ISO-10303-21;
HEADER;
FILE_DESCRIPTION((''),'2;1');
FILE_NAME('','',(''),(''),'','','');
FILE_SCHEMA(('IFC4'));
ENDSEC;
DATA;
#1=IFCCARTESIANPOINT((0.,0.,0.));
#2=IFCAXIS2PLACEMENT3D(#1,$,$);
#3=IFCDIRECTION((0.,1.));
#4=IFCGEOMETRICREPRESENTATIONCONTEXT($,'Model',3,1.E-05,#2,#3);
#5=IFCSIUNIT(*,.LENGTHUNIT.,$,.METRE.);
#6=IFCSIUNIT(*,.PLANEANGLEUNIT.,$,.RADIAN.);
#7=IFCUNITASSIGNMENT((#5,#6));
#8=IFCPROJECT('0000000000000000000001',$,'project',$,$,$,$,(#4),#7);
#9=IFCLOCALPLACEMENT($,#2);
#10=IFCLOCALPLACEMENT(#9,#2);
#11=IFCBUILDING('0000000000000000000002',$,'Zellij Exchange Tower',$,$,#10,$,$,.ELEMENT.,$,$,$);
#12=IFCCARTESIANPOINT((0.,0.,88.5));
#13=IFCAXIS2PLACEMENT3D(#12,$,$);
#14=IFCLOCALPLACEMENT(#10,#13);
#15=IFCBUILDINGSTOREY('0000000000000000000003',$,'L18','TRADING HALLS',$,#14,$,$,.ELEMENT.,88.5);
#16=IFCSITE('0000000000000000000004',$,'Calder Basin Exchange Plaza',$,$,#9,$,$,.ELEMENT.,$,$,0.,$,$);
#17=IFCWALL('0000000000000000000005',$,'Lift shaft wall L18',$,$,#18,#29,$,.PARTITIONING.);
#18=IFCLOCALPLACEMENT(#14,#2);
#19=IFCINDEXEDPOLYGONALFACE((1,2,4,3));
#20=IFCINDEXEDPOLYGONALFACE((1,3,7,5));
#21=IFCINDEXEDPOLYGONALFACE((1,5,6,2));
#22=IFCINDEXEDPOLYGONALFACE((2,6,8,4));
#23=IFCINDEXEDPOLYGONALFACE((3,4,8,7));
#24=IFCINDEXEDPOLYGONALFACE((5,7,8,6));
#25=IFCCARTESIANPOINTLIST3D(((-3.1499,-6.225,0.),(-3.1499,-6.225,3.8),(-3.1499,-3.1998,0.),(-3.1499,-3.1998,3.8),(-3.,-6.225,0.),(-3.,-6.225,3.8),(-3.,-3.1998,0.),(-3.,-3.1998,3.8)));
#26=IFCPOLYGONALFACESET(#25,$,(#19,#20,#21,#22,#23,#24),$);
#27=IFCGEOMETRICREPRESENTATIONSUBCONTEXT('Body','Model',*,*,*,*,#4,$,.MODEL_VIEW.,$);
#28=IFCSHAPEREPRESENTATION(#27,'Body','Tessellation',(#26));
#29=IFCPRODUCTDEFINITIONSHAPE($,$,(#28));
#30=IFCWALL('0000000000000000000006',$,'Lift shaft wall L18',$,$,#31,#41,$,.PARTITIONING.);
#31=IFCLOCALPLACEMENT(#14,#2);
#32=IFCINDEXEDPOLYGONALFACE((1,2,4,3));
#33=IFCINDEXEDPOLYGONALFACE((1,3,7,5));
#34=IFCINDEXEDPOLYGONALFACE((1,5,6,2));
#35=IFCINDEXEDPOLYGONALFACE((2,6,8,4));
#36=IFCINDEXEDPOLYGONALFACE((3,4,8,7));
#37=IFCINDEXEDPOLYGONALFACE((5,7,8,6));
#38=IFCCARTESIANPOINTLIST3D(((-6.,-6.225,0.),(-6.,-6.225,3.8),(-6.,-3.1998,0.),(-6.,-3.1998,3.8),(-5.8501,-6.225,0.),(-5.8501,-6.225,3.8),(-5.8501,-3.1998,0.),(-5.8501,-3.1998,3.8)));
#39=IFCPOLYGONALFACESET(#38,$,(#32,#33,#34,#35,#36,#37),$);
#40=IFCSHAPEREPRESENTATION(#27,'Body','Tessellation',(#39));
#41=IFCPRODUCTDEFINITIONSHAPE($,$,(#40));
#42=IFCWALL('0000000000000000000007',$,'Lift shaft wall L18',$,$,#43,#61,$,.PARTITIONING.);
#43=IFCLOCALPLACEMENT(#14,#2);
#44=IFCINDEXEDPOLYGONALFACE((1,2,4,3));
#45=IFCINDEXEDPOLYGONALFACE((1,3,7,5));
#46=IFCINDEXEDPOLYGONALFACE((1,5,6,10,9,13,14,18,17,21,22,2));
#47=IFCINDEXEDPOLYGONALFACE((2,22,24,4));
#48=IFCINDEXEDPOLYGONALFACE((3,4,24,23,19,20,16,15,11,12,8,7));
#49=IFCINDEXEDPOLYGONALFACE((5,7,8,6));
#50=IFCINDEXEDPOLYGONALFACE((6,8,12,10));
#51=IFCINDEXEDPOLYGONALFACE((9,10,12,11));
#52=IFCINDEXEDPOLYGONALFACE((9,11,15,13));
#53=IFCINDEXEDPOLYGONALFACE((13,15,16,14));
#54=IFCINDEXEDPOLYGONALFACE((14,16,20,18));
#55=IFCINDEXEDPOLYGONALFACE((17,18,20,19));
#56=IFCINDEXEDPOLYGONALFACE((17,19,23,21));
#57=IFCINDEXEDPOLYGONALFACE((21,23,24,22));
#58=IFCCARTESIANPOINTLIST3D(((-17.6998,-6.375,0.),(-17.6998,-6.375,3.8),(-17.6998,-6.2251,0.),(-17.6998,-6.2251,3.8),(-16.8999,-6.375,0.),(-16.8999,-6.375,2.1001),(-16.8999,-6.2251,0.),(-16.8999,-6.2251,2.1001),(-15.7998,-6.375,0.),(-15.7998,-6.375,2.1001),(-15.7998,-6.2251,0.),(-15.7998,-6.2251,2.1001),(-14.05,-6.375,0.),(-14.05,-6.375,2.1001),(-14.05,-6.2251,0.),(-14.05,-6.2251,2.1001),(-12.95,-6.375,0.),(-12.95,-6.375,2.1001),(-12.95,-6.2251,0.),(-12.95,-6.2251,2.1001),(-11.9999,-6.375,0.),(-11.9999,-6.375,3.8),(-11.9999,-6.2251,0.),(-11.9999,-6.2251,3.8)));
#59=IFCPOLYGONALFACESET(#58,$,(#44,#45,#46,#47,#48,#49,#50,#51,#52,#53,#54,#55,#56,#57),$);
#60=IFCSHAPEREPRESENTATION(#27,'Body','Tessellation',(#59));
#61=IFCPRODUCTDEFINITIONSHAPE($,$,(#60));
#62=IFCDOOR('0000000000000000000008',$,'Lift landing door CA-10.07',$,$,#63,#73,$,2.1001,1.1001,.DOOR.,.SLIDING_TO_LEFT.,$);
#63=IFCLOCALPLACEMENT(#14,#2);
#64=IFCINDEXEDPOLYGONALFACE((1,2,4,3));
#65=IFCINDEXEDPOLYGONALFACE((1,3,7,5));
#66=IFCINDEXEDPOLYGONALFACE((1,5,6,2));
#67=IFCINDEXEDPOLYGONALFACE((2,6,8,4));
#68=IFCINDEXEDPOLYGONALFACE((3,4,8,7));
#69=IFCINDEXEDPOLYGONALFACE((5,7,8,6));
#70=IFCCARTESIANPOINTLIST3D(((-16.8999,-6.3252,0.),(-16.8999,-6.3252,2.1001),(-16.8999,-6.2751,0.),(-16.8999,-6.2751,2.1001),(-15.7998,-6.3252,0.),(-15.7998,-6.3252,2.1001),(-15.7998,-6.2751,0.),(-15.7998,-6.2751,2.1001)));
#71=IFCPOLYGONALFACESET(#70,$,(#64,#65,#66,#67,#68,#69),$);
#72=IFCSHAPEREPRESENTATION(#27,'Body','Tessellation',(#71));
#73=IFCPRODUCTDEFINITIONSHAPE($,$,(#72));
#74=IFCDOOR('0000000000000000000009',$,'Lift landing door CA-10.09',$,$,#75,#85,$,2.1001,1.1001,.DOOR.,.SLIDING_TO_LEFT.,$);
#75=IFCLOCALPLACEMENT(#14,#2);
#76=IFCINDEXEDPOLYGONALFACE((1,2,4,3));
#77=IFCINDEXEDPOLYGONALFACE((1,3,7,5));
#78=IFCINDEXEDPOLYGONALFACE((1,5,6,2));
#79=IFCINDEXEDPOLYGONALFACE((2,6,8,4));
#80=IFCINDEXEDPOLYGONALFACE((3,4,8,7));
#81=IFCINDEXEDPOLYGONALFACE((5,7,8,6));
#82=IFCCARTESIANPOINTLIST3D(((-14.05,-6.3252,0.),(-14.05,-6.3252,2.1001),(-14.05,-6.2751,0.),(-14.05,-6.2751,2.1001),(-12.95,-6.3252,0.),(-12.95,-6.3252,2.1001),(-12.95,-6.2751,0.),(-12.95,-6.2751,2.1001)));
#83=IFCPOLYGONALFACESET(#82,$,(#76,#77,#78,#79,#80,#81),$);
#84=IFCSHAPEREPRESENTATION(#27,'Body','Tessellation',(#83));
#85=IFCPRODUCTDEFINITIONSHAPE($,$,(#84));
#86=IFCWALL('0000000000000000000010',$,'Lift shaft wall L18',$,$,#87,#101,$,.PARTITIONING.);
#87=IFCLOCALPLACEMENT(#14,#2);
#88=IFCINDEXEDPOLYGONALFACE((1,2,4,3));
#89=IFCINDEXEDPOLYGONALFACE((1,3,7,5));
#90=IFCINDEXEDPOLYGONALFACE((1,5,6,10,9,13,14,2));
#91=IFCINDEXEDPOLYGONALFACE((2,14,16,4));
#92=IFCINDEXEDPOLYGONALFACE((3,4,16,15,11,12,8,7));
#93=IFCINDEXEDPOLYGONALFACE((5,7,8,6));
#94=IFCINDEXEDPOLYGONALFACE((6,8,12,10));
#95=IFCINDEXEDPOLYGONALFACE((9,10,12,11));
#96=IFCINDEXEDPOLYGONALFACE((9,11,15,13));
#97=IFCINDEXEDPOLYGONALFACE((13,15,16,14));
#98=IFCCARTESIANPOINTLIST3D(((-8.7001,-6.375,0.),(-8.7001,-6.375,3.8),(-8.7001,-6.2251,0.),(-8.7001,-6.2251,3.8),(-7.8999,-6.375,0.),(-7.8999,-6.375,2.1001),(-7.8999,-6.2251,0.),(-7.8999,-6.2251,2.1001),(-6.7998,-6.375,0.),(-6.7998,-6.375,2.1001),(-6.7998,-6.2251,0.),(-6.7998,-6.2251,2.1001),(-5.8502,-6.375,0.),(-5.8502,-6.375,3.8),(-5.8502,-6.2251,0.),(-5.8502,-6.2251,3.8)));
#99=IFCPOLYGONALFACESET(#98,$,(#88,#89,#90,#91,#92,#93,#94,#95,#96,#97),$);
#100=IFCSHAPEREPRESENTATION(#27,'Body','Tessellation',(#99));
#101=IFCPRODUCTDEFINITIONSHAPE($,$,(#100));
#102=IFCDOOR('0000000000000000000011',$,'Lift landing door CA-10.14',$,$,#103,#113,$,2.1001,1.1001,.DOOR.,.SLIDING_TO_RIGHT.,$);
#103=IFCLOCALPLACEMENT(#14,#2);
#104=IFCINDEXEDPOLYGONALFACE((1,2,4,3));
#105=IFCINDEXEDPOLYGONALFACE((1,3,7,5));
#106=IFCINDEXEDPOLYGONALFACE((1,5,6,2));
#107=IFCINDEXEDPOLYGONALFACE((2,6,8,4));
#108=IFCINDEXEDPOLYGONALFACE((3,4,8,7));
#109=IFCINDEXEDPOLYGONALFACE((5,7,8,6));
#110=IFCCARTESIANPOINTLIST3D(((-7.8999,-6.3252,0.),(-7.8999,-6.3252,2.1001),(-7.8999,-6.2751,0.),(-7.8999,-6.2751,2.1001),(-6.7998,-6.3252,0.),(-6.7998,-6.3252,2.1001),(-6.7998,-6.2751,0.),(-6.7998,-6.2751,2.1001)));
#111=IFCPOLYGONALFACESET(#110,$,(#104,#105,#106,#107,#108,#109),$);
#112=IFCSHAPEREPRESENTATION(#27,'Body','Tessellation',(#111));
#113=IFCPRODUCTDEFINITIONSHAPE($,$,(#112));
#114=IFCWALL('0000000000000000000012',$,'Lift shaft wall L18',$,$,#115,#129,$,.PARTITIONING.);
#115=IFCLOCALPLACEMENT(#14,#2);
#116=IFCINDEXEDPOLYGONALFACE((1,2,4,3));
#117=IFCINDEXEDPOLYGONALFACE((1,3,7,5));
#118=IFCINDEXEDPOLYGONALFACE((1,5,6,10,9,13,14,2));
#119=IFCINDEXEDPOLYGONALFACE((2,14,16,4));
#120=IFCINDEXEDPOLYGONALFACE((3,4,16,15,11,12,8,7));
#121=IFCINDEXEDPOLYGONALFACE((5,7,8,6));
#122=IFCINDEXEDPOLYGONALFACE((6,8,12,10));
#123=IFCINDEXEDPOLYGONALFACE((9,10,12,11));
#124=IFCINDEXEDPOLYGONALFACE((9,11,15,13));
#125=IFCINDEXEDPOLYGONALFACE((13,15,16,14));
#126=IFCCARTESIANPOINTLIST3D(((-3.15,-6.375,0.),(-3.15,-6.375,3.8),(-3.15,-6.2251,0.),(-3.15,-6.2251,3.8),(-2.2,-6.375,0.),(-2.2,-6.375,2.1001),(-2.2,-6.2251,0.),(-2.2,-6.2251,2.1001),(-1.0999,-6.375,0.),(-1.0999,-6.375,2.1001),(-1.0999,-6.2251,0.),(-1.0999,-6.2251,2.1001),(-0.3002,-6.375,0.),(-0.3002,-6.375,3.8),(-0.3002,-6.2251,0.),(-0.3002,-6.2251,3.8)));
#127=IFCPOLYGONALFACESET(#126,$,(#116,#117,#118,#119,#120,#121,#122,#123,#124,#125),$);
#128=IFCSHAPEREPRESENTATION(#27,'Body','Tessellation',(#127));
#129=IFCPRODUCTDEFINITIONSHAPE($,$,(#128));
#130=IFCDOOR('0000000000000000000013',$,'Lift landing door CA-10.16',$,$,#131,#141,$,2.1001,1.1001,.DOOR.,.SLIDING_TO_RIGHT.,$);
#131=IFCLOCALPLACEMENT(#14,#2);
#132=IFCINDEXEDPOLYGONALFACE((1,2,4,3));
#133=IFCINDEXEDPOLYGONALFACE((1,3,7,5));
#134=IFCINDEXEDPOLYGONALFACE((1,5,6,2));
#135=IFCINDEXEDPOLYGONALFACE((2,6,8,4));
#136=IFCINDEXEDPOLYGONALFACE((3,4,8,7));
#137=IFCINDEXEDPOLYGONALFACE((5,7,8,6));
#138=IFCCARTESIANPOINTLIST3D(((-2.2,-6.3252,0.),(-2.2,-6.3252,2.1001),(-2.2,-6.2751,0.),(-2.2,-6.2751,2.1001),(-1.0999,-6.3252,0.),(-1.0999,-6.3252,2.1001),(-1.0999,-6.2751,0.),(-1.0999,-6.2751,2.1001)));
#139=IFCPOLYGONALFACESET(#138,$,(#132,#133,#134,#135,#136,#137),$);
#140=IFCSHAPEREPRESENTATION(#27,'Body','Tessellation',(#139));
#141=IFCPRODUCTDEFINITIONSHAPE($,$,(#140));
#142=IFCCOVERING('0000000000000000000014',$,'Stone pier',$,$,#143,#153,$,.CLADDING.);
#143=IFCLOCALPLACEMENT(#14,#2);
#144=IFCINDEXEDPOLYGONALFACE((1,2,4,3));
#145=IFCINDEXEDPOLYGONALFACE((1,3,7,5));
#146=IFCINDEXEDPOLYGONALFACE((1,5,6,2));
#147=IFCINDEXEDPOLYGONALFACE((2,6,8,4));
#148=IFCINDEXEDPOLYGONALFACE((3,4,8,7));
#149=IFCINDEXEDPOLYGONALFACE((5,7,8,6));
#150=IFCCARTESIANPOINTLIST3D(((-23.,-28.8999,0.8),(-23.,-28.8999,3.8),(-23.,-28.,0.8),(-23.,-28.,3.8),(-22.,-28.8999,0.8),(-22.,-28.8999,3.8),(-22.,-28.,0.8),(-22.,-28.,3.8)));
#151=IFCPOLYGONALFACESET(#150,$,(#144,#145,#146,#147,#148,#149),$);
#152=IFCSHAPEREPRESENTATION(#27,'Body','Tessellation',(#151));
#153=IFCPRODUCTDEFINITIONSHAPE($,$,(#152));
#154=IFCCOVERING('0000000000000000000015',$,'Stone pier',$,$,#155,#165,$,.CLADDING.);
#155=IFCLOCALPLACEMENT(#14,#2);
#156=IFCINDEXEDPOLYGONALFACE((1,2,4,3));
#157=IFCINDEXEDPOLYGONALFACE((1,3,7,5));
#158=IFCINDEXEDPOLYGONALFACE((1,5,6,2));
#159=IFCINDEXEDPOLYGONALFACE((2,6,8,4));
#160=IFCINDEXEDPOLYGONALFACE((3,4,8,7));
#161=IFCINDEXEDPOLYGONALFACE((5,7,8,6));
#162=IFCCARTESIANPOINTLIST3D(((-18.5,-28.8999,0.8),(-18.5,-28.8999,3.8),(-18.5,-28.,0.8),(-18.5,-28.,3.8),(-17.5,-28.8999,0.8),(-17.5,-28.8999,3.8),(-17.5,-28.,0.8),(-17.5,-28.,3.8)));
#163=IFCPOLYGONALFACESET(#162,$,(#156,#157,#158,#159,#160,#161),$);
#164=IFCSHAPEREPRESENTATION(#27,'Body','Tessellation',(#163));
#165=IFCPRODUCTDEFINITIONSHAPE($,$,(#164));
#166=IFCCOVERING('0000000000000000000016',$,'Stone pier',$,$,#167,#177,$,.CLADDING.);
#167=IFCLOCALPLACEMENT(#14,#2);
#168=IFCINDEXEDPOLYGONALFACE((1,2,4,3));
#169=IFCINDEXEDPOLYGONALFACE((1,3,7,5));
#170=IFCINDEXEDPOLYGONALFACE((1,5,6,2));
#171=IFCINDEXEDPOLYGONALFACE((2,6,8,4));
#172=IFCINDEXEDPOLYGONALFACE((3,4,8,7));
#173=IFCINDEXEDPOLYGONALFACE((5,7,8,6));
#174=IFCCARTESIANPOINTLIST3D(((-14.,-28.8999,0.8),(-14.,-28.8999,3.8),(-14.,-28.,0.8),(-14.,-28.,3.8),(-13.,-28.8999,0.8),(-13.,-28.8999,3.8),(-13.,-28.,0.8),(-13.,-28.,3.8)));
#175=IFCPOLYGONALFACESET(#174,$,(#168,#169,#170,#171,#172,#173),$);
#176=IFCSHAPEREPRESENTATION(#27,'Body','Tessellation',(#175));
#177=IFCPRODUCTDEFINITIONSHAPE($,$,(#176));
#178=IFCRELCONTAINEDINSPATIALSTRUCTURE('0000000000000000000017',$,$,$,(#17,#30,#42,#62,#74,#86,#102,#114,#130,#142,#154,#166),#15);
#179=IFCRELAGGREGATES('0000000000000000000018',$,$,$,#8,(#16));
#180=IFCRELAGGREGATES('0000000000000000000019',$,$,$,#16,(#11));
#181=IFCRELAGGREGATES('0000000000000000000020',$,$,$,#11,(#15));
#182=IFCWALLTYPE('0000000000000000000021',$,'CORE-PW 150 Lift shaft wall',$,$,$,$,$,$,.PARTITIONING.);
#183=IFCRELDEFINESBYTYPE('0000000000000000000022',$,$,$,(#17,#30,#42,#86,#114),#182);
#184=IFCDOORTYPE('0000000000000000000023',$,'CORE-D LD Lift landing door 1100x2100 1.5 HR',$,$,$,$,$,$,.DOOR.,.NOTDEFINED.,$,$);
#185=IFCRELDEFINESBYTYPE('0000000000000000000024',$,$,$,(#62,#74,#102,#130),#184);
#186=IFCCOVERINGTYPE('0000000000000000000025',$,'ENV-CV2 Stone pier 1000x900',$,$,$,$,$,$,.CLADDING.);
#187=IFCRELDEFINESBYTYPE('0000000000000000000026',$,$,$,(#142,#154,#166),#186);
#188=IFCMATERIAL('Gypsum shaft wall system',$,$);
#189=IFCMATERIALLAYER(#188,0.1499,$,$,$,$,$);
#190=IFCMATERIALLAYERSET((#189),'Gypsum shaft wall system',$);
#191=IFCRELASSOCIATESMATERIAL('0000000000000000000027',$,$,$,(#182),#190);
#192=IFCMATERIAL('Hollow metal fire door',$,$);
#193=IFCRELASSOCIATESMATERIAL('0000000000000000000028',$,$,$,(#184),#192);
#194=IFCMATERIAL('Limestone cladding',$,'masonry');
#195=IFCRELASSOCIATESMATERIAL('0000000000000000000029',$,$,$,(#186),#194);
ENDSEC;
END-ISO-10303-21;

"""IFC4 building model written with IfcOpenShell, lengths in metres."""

from ifc_helpers import new_model, si_unit, direction, frame, frame_2d, origin, place, context, subcontext, project, spatial, polyline, rectangle, outline, extrude, material, layer, layer_set, type_object, element, fill, save


model = new_model("IFC4")

# Units and contexts
model_context = context("Model", 3, precision=1e-05, world=origin(), true_north=direction((0.0, 1.0)))
body_context = subcontext(model_context, "Body", "Model", "MODEL_VIEW")
ifc_project = project(units=[si_unit("LENGTHUNIT", "METRE"), si_unit("PLANEANGLEUNIT", "RADIAN")], contexts=[model_context])

# Site, building, storey
site_placement = place(None, origin())
site = spatial("IfcSite", under=ifc_project, at=site_placement, Name="Calder Basin Exchange Plaza", CompositionType="ELEMENT", RefElevation=0.0)
building_placement = place(site_placement, origin())
building = spatial("IfcBuilding", under=site, at=building_placement, Name="Zellij Exchange Tower", CompositionType="ELEMENT")
storey_placement = place(building_placement, frame((0.0, 0.0, 88.5)))
storey = spatial("IfcBuildingStorey", under=building, at=storey_placement, Name="L18", Description="TRADING HALLS", CompositionType="ELEMENT", Elevation=88.5)

# Walls
ifc_material_1 = material(Name="Gypsum shaft wall system")
ifc_layer_1 = layer(ifc_material_1, 0.1499)
ifc_layer_set_1 = layer_set([ifc_layer_1], Name="Gypsum shaft wall system")
wall_type_1 = type_object("IfcWallType", Name="CORE-PW 150 Lift shaft wall", PredefinedType="PARTITIONING", material=ifc_layer_set_1)
for number, where, z_axis, x_axis, name in (
    (1, (-3.075, -6.2251, 0.0), (0.0, 0.0, 1.0), (0.0, 1.0, 0.0), "Lift shaft wall L18"),
    (2, (-5.925, -6.2251, 0.0), (0.0, 0.0, 1.0), (0.0, 1.0, 0.0), "Lift shaft wall L18"),
):
    element("IfcWall", number, at=place(storey_placement, frame(where, z_axis=z_axis, x_axis=x_axis)), inside=storey, type_object=wall_type_1, Name=name, PredefinedType="PARTITIONING", context=body_context, shape_type="SweptSolid", body=[
        extrude(rectangle(XDim=3.0251, YDim=0.1499, at=frame_2d((1.5127, 0.0))), origin(), (0.0, 0.0, 1.0), 3.8),
    ])

# Wall, openings, doors
wall_1_placement = place(storey_placement, frame((-17.7, -6.3, 0.0), z_axis=(0.0, 0.0, 1.0), x_axis=(1.0, 0.0, 0.0)))
wall_1 = element("IfcWall", 3, at=wall_1_placement, inside=storey, type_object=wall_type_1, Name="Lift shaft wall L18", PredefinedType="PARTITIONING", context=body_context, shape_type="SweptSolid", body=[
    extrude(rectangle(XDim=5.7, YDim=0.1499, at=frame_2d((2.8501, 0.0))), origin(), (0.0, 0.0, 1.0), 3.8),
])
opening_1_placement = place(wall_1_placement, frame((0.8, 0.0, 0.0)))
opening_1 = element("IfcOpeningElement", 4, at=opening_1_placement, cuts=wall_1, PredefinedType="OPENING", context=body_context, shape_type="SweptSolid", body=[
    extrude(rectangle(XDim=1.1001, YDim=2.1001, at=frame_2d((0.55, 1.05))), frame((0.0, 0.0869, 0.0), z_axis=(0.0, -1.0, 0.0), x_axis=(1.0, 0.0, 0.0)), (0.0, 0.0, 1.0), 0.1738),
])
opening_2_placement = place(wall_1_placement, frame((3.6499, 0.0, 0.0)))
opening_2 = element("IfcOpeningElement", 5, at=opening_2_placement, cuts=wall_1, PredefinedType="OPENING", context=body_context, shape_type="SweptSolid", body=[
    extrude(rectangle(XDim=1.1001, YDim=2.1001, at=frame_2d((0.55, 1.05))), frame((0.0, 0.0869, 0.0), z_axis=(0.0, -1.0, 0.0), x_axis=(1.0, 0.0, 0.0)), (0.0, 0.0, 1.0), 0.1738),
])
ifc_material_2 = material(Name="Hollow metal fire door")
door_type = type_object("IfcDoorType", Name="CORE-D LD Lift landing door 1100x2100 1.5 HR", OperationType="NOTDEFINED", PredefinedType="DOOR", material=ifc_material_2)
door_1_placement = place(opening_1_placement, origin())
door_1 = element("IfcDoor", 6, at=door_1_placement, inside=storey, type_object=door_type, Name="Lift landing door CA-10.07", OperationType="SLIDING_TO_LEFT", OverallHeight=2.1001, OverallWidth=1.1001, PredefinedType="DOOR", context=body_context, shape_type="SweptSolid", body=[
    extrude(rectangle(XDim=1.1001, YDim=2.1001, at=frame_2d((0.55, 1.05))), frame((0.0, 0.0249, 0.0), z_axis=(0.0, -1.0, 0.0), x_axis=(1.0, 0.0, 0.0)), (0.0, 0.0, 1.0), 0.05),
])
fill(opening_1, door_1)
door_2_placement = place(opening_2_placement, origin())
door_2 = element("IfcDoor", 7, at=door_2_placement, inside=storey, type_object=door_type, Name="Lift landing door CA-10.09", OperationType="SLIDING_TO_LEFT", OverallHeight=2.1001, OverallWidth=1.1001, PredefinedType="DOOR", context=body_context, shape_type="SweptSolid", body=[
    extrude(rectangle(XDim=1.1001, YDim=2.1001, at=frame_2d((0.55, 1.05))), frame((0.0, 0.0249, 0.0), z_axis=(0.0, -1.0, 0.0), x_axis=(1.0, 0.0, 0.0)), (0.0, 0.0, 1.0), 0.05),
])
fill(opening_2, door_2)

# Walls, openings, doors
wall_2_placement = place(storey_placement, frame((-8.7, -6.3, 0.0), z_axis=(0.0, 0.0, 1.0), x_axis=(1.0, 0.0, 0.0)))
wall_2 = element("IfcWall", 8, at=wall_2_placement, inside=storey, type_object=wall_type_1, Name="Lift shaft wall L18", PredefinedType="PARTITIONING", context=body_context, shape_type="SweptSolid", body=[
    extrude(rectangle(XDim=2.8499, YDim=0.1499, at=frame_2d((1.4248, 0.0))), origin(), (0.0, 0.0, 1.0), 3.8),
])
opening_3_placement = place(wall_2_placement, frame((0.8, 0.0, 0.0)))
opening_3 = element("IfcOpeningElement", 9, at=opening_3_placement, cuts=wall_2, PredefinedType="OPENING", context=body_context, shape_type="SweptSolid", body=[
    extrude(rectangle(XDim=1.1001, YDim=2.1001, at=frame_2d((0.55, 1.05))), frame((0.0, 0.0869, 0.0), z_axis=(0.0, -1.0, 0.0), x_axis=(1.0, 0.0, 0.0)), (0.0, 0.0, 1.0), 0.1738),
])
door_3_placement = place(opening_3_placement, origin())
door_3 = element("IfcDoor", 10, at=door_3_placement, inside=storey, type_object=door_type, Name="Lift landing door CA-10.14", OperationType="SLIDING_TO_RIGHT", OverallHeight=2.1001, OverallWidth=1.1001, PredefinedType="DOOR", context=body_context, shape_type="SweptSolid", body=[
    extrude(rectangle(XDim=1.1001, YDim=2.1001, at=frame_2d((0.55, 1.05))), frame((0.0, 0.0249, 0.0), z_axis=(0.0, -1.0, 0.0), x_axis=(1.0, 0.0, 0.0)), (0.0, 0.0, 1.0), 0.05),
])
fill(opening_3, door_3)
wall_3_placement = place(storey_placement, frame((-3.1499, -6.3, 0.0), z_axis=(0.0, 0.0, 1.0), x_axis=(1.0, 0.0, 0.0)))
wall_3 = element("IfcWall", 11, at=wall_3_placement, inside=storey, type_object=wall_type_1, Name="Lift shaft wall L18", PredefinedType="PARTITIONING", context=body_context, shape_type="SweptSolid", body=[
    extrude(rectangle(XDim=2.8499, YDim=0.1499, at=frame_2d((1.4248, 0.0))), origin(), (0.0, 0.0, 1.0), 3.8),
])
opening_4_placement = place(wall_3_placement, frame((0.95, 0.0, 0.0)))
opening_4 = element("IfcOpeningElement", 12, at=opening_4_placement, cuts=wall_3, PredefinedType="OPENING", context=body_context, shape_type="SweptSolid", body=[
    extrude(rectangle(XDim=1.1001, YDim=2.1001, at=frame_2d((0.55, 1.05))), frame((0.0, 0.0869, 0.0), z_axis=(0.0, -1.0, 0.0), x_axis=(1.0, 0.0, 0.0)), (0.0, 0.0, 1.0), 0.1738),
])
door_4_placement = place(opening_4_placement, origin())
door_4 = element("IfcDoor", 13, at=door_4_placement, inside=storey, type_object=door_type, Name="Lift landing door CA-10.16", OperationType="SLIDING_TO_RIGHT", OverallHeight=2.1001, OverallWidth=1.1001, PredefinedType="DOOR", context=body_context, shape_type="SweptSolid", body=[
    extrude(rectangle(XDim=1.1001, YDim=2.1001, at=frame_2d((0.55, 1.05))), frame((0.0, 0.0249, 0.0), z_axis=(0.0, -1.0, 0.0), x_axis=(1.0, 0.0, 0.0)), (0.0, 0.0, 1.0), 0.05),
])
fill(opening_4, door_4)

# Coverings
ifc_material_3 = material(Name="Limestone cladding", Category="masonry")
covering_type = type_object("IfcCoveringType", Name="ENV-CV2 Stone pier 1000x900", PredefinedType="CLADDING", material=ifc_material_3)
covering_1_placement = place(storey_placement, frame((0.0, 0.0, 0.8)))
element("IfcCovering", 14, at=covering_1_placement, inside=storey, type_object=covering_type, Name="Stone pier", PredefinedType="CLADDING", context=body_context, shape_type="SweptSolid", body=[
    extrude(outline(polyline([(-23.0, -28.0), (-22.0, -28.0), (-22.0, -28.8999), (-23.0, -28.8999), (-23.0, -28.0)])), origin(), (0.0, 0.0, 1.0), 3.0),
])
covering_2_placement = place(storey_placement, frame((0.0, 0.0, 0.8)))
element("IfcCovering", 15, at=covering_2_placement, inside=storey, type_object=covering_type, Name="Stone pier", PredefinedType="CLADDING", context=body_context, shape_type="SweptSolid", body=[
    extrude(outline(polyline([(-18.5, -28.0), (-17.5, -28.0), (-17.5, -28.8999), (-18.5, -28.8999), (-18.5, -28.0)])), origin(), (0.0, 0.0, 1.0), 3.0),
])
covering_3_placement = place(storey_placement, frame((0.0, 0.0, 0.8)))
element("IfcCovering", 16, at=covering_3_placement, inside=storey, type_object=covering_type, Name="Stone pier", PredefinedType="CLADDING", context=body_context, shape_type="SweptSolid", body=[
    extrude(outline(polyline([(-14.0, -28.0), (-13.0, -28.0), (-13.0, -28.8999), (-14.0, -28.8999), (-14.0, -28.0)])), origin(), (0.0, 0.0, 1.0), 3.0),
])

save(model, "model.ifc")
